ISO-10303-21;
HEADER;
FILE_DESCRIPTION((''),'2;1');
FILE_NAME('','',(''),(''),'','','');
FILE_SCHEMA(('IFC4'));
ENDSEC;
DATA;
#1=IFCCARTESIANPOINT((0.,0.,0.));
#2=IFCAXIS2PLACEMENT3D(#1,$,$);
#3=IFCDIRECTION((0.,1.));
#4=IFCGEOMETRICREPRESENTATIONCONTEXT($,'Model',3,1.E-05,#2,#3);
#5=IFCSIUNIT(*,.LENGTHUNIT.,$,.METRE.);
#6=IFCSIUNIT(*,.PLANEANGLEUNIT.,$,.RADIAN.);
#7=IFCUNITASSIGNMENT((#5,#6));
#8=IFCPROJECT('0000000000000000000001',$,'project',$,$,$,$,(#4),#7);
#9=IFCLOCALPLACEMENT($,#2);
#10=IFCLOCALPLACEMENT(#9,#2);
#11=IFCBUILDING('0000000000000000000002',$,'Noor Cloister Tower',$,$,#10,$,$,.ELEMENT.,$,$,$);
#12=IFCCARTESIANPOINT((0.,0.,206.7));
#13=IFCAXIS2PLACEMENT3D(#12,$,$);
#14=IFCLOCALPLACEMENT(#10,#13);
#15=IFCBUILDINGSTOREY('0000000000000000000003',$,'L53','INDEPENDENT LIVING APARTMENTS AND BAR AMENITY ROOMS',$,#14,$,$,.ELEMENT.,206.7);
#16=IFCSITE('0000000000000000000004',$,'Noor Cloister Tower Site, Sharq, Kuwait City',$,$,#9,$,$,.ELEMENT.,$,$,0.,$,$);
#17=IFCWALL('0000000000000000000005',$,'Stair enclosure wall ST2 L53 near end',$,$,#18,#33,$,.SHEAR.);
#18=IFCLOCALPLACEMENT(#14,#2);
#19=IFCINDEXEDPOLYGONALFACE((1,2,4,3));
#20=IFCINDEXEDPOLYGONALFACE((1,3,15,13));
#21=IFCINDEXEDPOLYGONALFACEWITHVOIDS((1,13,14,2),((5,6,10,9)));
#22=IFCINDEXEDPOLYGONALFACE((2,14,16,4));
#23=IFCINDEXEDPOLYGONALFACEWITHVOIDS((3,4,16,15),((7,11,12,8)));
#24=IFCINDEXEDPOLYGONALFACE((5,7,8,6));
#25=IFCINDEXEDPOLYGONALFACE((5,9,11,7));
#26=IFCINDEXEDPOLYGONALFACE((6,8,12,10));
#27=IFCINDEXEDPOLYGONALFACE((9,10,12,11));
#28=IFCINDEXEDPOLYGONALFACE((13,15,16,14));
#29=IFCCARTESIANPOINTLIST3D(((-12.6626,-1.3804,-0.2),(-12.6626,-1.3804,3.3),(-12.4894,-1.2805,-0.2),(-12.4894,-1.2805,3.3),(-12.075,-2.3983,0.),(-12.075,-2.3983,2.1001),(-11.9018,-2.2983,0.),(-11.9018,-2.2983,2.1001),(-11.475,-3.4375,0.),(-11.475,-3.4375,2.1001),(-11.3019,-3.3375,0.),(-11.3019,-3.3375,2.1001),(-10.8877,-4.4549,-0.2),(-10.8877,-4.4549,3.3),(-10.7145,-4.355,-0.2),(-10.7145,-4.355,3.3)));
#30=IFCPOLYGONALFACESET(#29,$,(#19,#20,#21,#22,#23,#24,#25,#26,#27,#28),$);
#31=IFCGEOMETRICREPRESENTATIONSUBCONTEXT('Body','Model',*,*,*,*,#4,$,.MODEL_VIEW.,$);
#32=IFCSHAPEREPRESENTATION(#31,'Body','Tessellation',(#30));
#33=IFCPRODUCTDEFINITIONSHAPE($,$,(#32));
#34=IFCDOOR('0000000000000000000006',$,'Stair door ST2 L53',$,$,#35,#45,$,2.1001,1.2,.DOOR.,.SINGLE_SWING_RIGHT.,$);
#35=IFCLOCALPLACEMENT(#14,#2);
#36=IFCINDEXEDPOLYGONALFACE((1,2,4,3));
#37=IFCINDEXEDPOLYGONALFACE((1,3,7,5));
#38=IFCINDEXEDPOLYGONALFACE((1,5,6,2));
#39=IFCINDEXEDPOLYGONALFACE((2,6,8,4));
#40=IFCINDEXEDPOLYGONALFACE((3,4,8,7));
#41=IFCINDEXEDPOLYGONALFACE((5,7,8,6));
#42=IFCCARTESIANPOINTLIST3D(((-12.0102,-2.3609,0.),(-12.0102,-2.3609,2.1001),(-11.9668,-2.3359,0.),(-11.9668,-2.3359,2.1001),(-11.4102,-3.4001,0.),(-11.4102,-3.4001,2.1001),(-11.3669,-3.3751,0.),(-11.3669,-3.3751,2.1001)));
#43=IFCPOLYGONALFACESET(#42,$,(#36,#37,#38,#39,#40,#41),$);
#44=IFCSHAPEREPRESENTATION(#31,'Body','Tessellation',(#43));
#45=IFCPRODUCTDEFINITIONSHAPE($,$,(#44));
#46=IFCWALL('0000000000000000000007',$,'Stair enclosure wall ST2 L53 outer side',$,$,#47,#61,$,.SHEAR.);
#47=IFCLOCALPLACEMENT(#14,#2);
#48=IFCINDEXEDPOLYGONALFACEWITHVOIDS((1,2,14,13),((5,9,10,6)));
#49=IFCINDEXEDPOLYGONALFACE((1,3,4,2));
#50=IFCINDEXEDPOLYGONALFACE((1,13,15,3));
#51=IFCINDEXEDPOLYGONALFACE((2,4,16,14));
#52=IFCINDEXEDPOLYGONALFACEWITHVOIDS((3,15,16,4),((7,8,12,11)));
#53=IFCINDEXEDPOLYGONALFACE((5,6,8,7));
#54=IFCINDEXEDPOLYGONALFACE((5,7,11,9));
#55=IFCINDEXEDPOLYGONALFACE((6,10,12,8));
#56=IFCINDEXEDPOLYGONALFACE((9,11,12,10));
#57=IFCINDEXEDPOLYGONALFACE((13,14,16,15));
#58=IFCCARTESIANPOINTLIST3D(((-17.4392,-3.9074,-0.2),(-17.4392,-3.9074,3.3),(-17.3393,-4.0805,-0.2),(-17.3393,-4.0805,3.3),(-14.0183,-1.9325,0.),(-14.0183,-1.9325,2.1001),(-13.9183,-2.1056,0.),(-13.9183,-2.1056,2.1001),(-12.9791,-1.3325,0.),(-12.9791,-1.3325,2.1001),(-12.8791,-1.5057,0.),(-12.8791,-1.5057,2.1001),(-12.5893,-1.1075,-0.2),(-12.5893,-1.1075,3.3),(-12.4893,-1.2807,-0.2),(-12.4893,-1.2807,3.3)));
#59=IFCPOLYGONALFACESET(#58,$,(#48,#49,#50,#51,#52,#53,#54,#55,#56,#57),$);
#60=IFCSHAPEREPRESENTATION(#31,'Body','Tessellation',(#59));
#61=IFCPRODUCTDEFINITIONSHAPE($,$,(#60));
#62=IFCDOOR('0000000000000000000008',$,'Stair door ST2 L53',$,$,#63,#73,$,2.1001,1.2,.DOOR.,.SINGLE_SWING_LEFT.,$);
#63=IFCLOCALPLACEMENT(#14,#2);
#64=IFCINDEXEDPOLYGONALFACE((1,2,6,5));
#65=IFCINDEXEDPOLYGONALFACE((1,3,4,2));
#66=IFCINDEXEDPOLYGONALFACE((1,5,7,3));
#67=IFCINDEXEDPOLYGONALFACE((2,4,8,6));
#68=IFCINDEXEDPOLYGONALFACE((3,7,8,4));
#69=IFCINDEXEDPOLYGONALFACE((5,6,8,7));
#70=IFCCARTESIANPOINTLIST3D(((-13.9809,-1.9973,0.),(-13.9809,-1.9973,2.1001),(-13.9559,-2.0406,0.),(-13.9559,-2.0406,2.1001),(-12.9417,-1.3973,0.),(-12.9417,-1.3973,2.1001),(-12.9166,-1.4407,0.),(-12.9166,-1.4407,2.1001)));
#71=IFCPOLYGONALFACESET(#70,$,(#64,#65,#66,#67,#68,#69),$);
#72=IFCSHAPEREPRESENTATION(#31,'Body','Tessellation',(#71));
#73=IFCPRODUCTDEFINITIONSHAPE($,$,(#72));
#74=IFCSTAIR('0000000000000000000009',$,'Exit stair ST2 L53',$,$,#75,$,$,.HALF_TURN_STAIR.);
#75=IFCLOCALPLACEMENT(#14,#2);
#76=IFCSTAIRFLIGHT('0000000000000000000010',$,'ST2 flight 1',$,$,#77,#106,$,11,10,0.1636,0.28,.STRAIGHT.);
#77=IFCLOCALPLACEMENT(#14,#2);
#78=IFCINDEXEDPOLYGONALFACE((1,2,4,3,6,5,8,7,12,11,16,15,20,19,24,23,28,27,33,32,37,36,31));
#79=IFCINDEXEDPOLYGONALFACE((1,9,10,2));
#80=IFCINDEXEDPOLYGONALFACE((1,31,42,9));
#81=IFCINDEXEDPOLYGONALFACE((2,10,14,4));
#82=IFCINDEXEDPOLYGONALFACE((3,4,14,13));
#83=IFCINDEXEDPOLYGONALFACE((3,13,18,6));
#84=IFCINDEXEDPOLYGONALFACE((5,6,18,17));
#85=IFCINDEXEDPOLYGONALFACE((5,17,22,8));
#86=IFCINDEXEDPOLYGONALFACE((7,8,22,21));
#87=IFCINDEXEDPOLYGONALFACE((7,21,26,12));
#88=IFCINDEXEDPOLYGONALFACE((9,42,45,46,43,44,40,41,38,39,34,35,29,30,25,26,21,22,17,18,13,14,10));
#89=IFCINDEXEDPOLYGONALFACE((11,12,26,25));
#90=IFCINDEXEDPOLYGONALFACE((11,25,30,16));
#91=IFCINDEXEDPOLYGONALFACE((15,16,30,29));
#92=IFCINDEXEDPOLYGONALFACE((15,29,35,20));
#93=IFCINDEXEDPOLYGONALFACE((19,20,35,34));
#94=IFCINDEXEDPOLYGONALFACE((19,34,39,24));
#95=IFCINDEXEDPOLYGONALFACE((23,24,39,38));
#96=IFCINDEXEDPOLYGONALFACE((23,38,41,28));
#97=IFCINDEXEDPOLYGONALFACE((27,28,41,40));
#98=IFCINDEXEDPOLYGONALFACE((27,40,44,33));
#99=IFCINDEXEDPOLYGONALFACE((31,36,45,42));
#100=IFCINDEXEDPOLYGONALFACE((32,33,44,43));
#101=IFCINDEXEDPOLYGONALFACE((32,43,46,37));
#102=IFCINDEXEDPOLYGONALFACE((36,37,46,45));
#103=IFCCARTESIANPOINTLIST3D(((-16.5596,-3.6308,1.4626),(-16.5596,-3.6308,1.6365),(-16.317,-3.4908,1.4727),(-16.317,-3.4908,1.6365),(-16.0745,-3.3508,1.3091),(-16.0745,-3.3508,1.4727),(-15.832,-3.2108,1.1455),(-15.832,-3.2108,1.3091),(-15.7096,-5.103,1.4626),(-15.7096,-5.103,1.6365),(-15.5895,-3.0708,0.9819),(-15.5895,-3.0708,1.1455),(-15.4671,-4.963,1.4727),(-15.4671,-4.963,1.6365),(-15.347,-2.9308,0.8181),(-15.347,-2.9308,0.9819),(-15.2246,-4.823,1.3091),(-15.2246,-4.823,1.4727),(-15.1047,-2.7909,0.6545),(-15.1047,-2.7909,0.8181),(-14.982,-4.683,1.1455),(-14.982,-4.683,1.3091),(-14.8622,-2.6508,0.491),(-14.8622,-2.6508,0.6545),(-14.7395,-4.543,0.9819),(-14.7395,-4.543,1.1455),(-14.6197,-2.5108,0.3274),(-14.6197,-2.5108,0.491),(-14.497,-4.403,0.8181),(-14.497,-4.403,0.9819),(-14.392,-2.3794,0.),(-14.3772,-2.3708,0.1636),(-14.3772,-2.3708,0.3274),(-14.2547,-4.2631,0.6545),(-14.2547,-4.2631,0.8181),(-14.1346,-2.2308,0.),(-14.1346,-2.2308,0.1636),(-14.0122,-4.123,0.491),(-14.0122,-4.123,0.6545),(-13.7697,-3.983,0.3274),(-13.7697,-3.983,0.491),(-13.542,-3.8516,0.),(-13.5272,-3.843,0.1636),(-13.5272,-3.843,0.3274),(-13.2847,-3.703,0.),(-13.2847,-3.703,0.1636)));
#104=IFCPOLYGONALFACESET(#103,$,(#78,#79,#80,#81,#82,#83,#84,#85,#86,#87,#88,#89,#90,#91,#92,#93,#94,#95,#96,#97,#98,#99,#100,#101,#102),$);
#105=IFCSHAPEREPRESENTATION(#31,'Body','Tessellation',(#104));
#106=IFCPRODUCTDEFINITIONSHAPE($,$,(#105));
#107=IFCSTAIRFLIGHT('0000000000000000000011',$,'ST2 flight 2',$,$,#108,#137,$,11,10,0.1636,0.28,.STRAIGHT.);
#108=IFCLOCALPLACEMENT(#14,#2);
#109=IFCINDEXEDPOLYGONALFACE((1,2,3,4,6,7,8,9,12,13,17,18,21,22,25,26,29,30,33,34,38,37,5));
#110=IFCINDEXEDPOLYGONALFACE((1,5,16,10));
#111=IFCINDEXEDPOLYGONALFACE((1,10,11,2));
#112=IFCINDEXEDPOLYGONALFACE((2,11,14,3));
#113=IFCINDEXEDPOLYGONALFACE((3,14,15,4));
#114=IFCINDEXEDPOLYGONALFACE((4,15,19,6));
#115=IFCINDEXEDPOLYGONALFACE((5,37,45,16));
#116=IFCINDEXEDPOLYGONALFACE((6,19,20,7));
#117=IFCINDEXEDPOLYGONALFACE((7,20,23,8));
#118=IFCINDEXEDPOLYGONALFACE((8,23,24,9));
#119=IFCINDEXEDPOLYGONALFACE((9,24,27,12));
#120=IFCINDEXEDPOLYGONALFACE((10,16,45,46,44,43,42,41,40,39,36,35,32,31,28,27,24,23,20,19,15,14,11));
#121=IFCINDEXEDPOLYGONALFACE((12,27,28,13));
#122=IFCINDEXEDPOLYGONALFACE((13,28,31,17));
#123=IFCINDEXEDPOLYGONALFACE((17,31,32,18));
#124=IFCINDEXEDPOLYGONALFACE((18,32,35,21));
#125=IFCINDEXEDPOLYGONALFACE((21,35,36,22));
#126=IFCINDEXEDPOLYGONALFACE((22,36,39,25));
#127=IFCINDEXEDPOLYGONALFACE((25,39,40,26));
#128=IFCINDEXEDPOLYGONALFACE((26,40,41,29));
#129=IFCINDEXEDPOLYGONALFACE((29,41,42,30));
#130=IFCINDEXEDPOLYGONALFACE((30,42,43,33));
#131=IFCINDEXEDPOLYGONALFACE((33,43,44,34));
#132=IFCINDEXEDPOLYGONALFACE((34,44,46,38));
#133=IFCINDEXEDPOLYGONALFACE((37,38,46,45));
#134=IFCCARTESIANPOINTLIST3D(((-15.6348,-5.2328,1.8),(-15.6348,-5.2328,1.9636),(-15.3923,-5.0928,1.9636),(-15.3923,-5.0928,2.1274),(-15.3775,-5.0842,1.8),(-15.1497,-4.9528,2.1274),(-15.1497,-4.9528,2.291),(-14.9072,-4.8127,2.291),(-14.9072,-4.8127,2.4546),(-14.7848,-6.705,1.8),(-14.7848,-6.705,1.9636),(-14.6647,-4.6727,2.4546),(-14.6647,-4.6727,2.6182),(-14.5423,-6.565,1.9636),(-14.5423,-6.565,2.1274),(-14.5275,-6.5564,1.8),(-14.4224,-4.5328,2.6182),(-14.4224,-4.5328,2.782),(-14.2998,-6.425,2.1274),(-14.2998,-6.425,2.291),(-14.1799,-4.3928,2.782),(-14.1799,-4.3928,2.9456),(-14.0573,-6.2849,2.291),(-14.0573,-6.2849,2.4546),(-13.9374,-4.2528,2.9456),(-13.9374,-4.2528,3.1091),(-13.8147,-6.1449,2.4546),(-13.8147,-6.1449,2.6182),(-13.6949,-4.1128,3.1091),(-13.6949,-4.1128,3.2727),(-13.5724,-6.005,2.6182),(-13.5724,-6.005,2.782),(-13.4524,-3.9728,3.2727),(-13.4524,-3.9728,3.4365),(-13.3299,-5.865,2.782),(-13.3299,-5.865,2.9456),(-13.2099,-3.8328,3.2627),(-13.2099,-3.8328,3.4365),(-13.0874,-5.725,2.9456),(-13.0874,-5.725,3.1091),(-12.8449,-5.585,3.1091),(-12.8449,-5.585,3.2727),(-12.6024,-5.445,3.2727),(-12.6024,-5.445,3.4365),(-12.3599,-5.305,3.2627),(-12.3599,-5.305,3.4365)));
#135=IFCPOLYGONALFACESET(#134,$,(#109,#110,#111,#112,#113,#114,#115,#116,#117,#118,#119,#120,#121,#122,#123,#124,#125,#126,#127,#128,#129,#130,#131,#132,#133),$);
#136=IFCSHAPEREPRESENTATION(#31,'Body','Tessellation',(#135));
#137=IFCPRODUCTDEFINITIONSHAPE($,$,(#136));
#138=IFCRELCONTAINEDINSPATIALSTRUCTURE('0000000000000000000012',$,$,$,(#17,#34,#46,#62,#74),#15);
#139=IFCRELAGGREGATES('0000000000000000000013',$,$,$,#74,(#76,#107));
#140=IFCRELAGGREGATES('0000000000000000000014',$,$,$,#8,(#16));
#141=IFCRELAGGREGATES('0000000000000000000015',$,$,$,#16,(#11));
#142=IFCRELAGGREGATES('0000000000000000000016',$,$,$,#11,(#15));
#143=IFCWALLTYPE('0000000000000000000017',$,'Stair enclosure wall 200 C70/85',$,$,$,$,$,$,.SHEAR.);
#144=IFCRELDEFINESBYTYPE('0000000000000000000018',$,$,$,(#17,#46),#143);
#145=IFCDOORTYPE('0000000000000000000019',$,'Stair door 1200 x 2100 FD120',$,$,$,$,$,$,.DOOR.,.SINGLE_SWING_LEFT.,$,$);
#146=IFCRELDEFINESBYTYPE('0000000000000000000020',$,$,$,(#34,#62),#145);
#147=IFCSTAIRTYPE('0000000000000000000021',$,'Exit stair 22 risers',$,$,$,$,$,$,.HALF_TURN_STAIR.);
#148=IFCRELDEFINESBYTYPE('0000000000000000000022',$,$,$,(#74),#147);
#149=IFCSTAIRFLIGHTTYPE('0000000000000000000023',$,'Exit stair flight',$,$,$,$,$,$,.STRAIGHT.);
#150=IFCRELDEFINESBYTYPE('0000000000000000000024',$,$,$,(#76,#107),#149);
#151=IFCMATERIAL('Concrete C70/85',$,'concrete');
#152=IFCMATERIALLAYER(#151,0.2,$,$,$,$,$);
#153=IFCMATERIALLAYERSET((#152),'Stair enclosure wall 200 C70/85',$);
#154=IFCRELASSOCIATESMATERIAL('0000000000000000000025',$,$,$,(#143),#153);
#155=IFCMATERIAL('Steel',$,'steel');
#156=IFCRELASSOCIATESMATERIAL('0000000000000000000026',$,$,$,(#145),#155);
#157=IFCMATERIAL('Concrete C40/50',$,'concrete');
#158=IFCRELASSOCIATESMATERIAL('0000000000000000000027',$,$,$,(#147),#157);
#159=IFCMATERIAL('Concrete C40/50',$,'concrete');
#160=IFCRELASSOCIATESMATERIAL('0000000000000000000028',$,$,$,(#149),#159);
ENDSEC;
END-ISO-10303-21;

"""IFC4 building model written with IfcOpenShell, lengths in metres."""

from ifc_helpers import new_model, si_unit, direction, frame, frame_2d, origin, place, context, subcontext, project, spatial, polyline, rectangle, outline, extrude, material, layer, layer_set, type_object, element, fill, aggregate, save


model = new_model("IFC4")

# Units and contexts
model_context = context("Model", 3, precision=1e-05, world=origin(), true_north=direction((0.0, 1.0)))
body_context = subcontext(model_context, "Body", "Model", "MODEL_VIEW")
ifc_project = project(units=[si_unit("LENGTHUNIT", "METRE"), si_unit("PLANEANGLEUNIT", "RADIAN")], contexts=[model_context])

# Site, building, storey
site_placement = place(None, origin())
site = spatial("IfcSite", under=ifc_project, at=site_placement, Name="Noor Cloister Tower Site, Sharq, Kuwait City", CompositionType="ELEMENT", RefElevation=0.0)
building_placement = place(site_placement, origin())
building = spatial("IfcBuilding", under=site, at=building_placement, Name="Noor Cloister Tower", CompositionType="ELEMENT")
storey_placement = place(building_placement, frame((0.0, 0.0, 206.7)))
storey = spatial("IfcBuildingStorey", under=building, at=storey_placement, Name="L53", Description="INDEPENDENT LIVING APARTMENTS AND BAR AMENITY ROOMS", CompositionType="ELEMENT", Elevation=206.7)

# Walls, openings, doors
ifc_material_1 = material(Name="Concrete C70/85", Category="concrete")
ifc_layer_1 = layer(ifc_material_1, 0.2)
ifc_layer_set_1 = layer_set([ifc_layer_1], Name="Stair enclosure wall 200 C70/85")
wall_type_1 = type_object("IfcWallType", Name="Stair enclosure wall 200 C70/85", PredefinedType="SHEAR", material=ifc_layer_set_1)
wall_1_placement = place(storey_placement, frame((-12.5759, -1.3306, -0.2), z_axis=(0.0, 0.0, 1.0), x_axis=(0.49997, -0.866042, 0.0)))
wall_1 = element("IfcWall", 1, at=wall_1_placement, inside=storey, type_object=wall_type_1, Name="Stair enclosure wall ST2 L53 near end", PredefinedType="SHEAR", context=body_context, shape_type="SweptSolid", body=[
    extrude(rectangle(XDim=3.55, YDim=0.2, at=frame_2d((1.7749, 0.0))), origin(), (0.0, 0.0, 1.0), 3.5),
])
opening_1_placement = place(wall_1_placement, frame((1.175, 0.0, 0.2)))
opening_1 = element("IfcOpeningElement", 2, at=opening_1_placement, cuts=wall_1, PredefinedType="OPENING", context=body_context, shape_type="SweptSolid", body=[
    extrude(rectangle(XDim=1.2, YDim=2.1001, at=frame_2d((0.6001, 1.05))), frame((0.0, 0.1099, 0.0), z_axis=(0.0, -1.0, 0.0), x_axis=(1.0, 0.0, 0.0)), (0.0, 0.0, 1.0), 0.22),
])
ifc_material_2 = material(Name="Steel", Category="steel")
door_type_1 = type_object("IfcDoorType", Name="Stair door 1200 x 2100 FD120", OperationType="SINGLE_SWING_LEFT", PredefinedType="DOOR", material=ifc_material_2)
door_1_placement = place(opening_1_placement, origin())
door_1 = element("IfcDoor", 3, at=door_1_placement, inside=storey, type_object=door_type_1, Name="Stair door ST2 L53", OperationType="SINGLE_SWING_RIGHT", OverallHeight=2.1001, OverallWidth=1.2, PredefinedType="DOOR", context=body_context, shape_type="SweptSolid", body=[
    extrude(rectangle(XDim=1.2, YDim=2.1001, at=frame_2d((0.6001, 1.05))), frame((0.0, 0.0249, 0.0), z_axis=(0.0, -1.0, 0.0), x_axis=(1.0, 0.0, 0.0)), (0.0, 0.0, 1.0), 0.05),
])
fill(opening_1, door_1)
wall_2_placement = place(storey_placement, frame((-12.5393, -1.1941, -0.2), z_axis=(0.0, 0.0, 1.0), x_axis=(-0.866045, -0.499965, 0.0)))
wall_2 = element("IfcWall", 4, at=wall_2_placement, inside=storey, type_object=wall_type_1, Name="Stair enclosure wall ST2 L53 outer side", PredefinedType="SHEAR", context=body_context, shape_type="SweptSolid", body=[
    extrude(rectangle(XDim=5.6001, YDim=0.2, at=frame_2d((2.8, 0.0))), origin(), (0.0, 0.0, 1.0), 3.5),
])
opening_2_placement = place(wall_2_placement, frame((0.45, 0.0, 0.2)))
opening_2 = element("IfcOpeningElement", 5, at=opening_2_placement, cuts=wall_2, PredefinedType="OPENING", context=body_context, shape_type="SweptSolid", body=[
    extrude(rectangle(XDim=1.2, YDim=2.1001, at=frame_2d((0.6001, 1.05))), frame((0.0, 0.1099, 0.0), z_axis=(0.0, -1.0, 0.0), x_axis=(1.0, 0.0, 0.0)), (0.0, 0.0, 1.0), 0.22),
])
door_2_placement = place(opening_2_placement, origin())
door_2 = element("IfcDoor", 6, at=door_2_placement, inside=storey, type_object=door_type_1, Name="Stair door ST2 L53", OperationType="SINGLE_SWING_LEFT", OverallHeight=2.1001, OverallWidth=1.2, PredefinedType="DOOR", context=body_context, shape_type="SweptSolid", body=[
    extrude(rectangle(XDim=1.2, YDim=2.1001, at=frame_2d((0.6001, 1.05))), frame((0.0, 0.0249, 0.0), z_axis=(0.0, -1.0, 0.0), x_axis=(1.0, 0.0, 0.0)), (0.0, 0.0, 1.0), 0.05),
])
fill(opening_2, door_2)

# Stair, stair flights
ifc_material_3 = material(Name="Concrete C40/50", Category="concrete")
stair_type = type_object("IfcStairType", Name="Exit stair 22 risers", PredefinedType="HALF_TURN_STAIR", material=ifc_material_3)
stair_placement = place(storey_placement, origin())
stair = element("IfcStair", 7, at=stair_placement, inside=storey, type_object=stair_type, Name="Exit stair ST2 L53", PredefinedType="HALF_TURN_STAIR")
ifc_material_4 = material(Name="Concrete C40/50", Category="concrete")
stair_flight_type = type_object("IfcStairFlightType", Name="Exit stair flight", PredefinedType="STRAIGHT", material=ifc_material_4)
stair_flight_1_placement = place(storey_placement, frame((-13.7097, -2.9668, 0.0), z_axis=(0.0, 0.0, 1.0), x_axis=(-0.866025, -0.5, 0.0)))
stair_flight_1 = element("IfcStairFlight", 8, at=stair_flight_1_placement, type_object=stair_flight_type, Name="ST2 flight 1", NumberOfRisers=11, NumberOfTreads=10, PredefinedType="STRAIGHT", RiserHeight=0.1636, TreadLength=0.28, context=body_context, shape_type="SweptSolid", body=[
    extrude(outline(polyline([(0.0, 0.0), (0.0, 0.1636), (0.28, 0.1636), (0.28, 0.3274), (0.5601, 0.3274), (0.5601, 0.491), (0.8401, 0.491), (0.8401, 0.6545), (1.1201, 0.6545), (1.1201, 0.8181), (1.3999, 0.8181), (1.3999, 0.9819), (1.6799, 0.9819), (1.6799, 1.1455), (1.96, 1.1455), (1.96, 1.3091), (2.24, 1.3091), (2.24, 1.4727), (2.52, 1.4727), (2.52, 1.6365), (2.8, 1.6365), (2.8, 1.8), (2.8, 1.4626), (0.2971, 0.0), (0.0, 0.0)])), frame((0.0, 0.8501, 0.0), z_axis=(0.0, -1.0, 0.0), x_axis=(1.0, 0.0, 0.0)), (0.0, 0.0, 1.0), 1.7),
])
stair_flight_2_placement = place(storey_placement, frame((-15.2097, -5.969, 1.8), z_axis=(0.0, 0.0, 1.0), x_axis=(0.866025, 0.5, 0.0)))
stair_flight_2 = element("IfcStairFlight", 9, at=stair_flight_2_placement, type_object=stair_flight_type, Name="ST2 flight 2", NumberOfRisers=11, NumberOfTreads=10, PredefinedType="STRAIGHT", RiserHeight=0.1636, TreadLength=0.28, context=body_context, shape_type="SweptSolid", body=[
    extrude(outline(polyline([(0.0, 0.0), (0.0, 0.1636), (0.28, 0.1636), (0.28, 0.3274), (0.5601, 0.3274), (0.5601, 0.491), (0.8401, 0.491), (0.8401, 0.6545), (1.1201, 0.6545), (1.1201, 0.8181), (1.3999, 0.8181), (1.3999, 0.9819), (1.6799, 0.9819), (1.6799, 1.1455), (1.96, 1.1455), (1.96, 1.3091), (2.24, 1.3091), (2.24, 1.4727), (2.52, 1.4727), (2.52, 1.6365), (2.8, 1.6365), (2.8, 1.8), (2.8, 1.4626), (0.2971, 0.0), (0.0, 0.0)])), frame((0.0, 0.8501, 0.0), z_axis=(0.0, -1.0, 0.0), x_axis=(1.0, 0.0, 0.0)), (0.0, 0.0, 1.0), 1.7),
])
aggregate(stair, [stair_flight_1, stair_flight_2])

save(model, "model.ifc")
